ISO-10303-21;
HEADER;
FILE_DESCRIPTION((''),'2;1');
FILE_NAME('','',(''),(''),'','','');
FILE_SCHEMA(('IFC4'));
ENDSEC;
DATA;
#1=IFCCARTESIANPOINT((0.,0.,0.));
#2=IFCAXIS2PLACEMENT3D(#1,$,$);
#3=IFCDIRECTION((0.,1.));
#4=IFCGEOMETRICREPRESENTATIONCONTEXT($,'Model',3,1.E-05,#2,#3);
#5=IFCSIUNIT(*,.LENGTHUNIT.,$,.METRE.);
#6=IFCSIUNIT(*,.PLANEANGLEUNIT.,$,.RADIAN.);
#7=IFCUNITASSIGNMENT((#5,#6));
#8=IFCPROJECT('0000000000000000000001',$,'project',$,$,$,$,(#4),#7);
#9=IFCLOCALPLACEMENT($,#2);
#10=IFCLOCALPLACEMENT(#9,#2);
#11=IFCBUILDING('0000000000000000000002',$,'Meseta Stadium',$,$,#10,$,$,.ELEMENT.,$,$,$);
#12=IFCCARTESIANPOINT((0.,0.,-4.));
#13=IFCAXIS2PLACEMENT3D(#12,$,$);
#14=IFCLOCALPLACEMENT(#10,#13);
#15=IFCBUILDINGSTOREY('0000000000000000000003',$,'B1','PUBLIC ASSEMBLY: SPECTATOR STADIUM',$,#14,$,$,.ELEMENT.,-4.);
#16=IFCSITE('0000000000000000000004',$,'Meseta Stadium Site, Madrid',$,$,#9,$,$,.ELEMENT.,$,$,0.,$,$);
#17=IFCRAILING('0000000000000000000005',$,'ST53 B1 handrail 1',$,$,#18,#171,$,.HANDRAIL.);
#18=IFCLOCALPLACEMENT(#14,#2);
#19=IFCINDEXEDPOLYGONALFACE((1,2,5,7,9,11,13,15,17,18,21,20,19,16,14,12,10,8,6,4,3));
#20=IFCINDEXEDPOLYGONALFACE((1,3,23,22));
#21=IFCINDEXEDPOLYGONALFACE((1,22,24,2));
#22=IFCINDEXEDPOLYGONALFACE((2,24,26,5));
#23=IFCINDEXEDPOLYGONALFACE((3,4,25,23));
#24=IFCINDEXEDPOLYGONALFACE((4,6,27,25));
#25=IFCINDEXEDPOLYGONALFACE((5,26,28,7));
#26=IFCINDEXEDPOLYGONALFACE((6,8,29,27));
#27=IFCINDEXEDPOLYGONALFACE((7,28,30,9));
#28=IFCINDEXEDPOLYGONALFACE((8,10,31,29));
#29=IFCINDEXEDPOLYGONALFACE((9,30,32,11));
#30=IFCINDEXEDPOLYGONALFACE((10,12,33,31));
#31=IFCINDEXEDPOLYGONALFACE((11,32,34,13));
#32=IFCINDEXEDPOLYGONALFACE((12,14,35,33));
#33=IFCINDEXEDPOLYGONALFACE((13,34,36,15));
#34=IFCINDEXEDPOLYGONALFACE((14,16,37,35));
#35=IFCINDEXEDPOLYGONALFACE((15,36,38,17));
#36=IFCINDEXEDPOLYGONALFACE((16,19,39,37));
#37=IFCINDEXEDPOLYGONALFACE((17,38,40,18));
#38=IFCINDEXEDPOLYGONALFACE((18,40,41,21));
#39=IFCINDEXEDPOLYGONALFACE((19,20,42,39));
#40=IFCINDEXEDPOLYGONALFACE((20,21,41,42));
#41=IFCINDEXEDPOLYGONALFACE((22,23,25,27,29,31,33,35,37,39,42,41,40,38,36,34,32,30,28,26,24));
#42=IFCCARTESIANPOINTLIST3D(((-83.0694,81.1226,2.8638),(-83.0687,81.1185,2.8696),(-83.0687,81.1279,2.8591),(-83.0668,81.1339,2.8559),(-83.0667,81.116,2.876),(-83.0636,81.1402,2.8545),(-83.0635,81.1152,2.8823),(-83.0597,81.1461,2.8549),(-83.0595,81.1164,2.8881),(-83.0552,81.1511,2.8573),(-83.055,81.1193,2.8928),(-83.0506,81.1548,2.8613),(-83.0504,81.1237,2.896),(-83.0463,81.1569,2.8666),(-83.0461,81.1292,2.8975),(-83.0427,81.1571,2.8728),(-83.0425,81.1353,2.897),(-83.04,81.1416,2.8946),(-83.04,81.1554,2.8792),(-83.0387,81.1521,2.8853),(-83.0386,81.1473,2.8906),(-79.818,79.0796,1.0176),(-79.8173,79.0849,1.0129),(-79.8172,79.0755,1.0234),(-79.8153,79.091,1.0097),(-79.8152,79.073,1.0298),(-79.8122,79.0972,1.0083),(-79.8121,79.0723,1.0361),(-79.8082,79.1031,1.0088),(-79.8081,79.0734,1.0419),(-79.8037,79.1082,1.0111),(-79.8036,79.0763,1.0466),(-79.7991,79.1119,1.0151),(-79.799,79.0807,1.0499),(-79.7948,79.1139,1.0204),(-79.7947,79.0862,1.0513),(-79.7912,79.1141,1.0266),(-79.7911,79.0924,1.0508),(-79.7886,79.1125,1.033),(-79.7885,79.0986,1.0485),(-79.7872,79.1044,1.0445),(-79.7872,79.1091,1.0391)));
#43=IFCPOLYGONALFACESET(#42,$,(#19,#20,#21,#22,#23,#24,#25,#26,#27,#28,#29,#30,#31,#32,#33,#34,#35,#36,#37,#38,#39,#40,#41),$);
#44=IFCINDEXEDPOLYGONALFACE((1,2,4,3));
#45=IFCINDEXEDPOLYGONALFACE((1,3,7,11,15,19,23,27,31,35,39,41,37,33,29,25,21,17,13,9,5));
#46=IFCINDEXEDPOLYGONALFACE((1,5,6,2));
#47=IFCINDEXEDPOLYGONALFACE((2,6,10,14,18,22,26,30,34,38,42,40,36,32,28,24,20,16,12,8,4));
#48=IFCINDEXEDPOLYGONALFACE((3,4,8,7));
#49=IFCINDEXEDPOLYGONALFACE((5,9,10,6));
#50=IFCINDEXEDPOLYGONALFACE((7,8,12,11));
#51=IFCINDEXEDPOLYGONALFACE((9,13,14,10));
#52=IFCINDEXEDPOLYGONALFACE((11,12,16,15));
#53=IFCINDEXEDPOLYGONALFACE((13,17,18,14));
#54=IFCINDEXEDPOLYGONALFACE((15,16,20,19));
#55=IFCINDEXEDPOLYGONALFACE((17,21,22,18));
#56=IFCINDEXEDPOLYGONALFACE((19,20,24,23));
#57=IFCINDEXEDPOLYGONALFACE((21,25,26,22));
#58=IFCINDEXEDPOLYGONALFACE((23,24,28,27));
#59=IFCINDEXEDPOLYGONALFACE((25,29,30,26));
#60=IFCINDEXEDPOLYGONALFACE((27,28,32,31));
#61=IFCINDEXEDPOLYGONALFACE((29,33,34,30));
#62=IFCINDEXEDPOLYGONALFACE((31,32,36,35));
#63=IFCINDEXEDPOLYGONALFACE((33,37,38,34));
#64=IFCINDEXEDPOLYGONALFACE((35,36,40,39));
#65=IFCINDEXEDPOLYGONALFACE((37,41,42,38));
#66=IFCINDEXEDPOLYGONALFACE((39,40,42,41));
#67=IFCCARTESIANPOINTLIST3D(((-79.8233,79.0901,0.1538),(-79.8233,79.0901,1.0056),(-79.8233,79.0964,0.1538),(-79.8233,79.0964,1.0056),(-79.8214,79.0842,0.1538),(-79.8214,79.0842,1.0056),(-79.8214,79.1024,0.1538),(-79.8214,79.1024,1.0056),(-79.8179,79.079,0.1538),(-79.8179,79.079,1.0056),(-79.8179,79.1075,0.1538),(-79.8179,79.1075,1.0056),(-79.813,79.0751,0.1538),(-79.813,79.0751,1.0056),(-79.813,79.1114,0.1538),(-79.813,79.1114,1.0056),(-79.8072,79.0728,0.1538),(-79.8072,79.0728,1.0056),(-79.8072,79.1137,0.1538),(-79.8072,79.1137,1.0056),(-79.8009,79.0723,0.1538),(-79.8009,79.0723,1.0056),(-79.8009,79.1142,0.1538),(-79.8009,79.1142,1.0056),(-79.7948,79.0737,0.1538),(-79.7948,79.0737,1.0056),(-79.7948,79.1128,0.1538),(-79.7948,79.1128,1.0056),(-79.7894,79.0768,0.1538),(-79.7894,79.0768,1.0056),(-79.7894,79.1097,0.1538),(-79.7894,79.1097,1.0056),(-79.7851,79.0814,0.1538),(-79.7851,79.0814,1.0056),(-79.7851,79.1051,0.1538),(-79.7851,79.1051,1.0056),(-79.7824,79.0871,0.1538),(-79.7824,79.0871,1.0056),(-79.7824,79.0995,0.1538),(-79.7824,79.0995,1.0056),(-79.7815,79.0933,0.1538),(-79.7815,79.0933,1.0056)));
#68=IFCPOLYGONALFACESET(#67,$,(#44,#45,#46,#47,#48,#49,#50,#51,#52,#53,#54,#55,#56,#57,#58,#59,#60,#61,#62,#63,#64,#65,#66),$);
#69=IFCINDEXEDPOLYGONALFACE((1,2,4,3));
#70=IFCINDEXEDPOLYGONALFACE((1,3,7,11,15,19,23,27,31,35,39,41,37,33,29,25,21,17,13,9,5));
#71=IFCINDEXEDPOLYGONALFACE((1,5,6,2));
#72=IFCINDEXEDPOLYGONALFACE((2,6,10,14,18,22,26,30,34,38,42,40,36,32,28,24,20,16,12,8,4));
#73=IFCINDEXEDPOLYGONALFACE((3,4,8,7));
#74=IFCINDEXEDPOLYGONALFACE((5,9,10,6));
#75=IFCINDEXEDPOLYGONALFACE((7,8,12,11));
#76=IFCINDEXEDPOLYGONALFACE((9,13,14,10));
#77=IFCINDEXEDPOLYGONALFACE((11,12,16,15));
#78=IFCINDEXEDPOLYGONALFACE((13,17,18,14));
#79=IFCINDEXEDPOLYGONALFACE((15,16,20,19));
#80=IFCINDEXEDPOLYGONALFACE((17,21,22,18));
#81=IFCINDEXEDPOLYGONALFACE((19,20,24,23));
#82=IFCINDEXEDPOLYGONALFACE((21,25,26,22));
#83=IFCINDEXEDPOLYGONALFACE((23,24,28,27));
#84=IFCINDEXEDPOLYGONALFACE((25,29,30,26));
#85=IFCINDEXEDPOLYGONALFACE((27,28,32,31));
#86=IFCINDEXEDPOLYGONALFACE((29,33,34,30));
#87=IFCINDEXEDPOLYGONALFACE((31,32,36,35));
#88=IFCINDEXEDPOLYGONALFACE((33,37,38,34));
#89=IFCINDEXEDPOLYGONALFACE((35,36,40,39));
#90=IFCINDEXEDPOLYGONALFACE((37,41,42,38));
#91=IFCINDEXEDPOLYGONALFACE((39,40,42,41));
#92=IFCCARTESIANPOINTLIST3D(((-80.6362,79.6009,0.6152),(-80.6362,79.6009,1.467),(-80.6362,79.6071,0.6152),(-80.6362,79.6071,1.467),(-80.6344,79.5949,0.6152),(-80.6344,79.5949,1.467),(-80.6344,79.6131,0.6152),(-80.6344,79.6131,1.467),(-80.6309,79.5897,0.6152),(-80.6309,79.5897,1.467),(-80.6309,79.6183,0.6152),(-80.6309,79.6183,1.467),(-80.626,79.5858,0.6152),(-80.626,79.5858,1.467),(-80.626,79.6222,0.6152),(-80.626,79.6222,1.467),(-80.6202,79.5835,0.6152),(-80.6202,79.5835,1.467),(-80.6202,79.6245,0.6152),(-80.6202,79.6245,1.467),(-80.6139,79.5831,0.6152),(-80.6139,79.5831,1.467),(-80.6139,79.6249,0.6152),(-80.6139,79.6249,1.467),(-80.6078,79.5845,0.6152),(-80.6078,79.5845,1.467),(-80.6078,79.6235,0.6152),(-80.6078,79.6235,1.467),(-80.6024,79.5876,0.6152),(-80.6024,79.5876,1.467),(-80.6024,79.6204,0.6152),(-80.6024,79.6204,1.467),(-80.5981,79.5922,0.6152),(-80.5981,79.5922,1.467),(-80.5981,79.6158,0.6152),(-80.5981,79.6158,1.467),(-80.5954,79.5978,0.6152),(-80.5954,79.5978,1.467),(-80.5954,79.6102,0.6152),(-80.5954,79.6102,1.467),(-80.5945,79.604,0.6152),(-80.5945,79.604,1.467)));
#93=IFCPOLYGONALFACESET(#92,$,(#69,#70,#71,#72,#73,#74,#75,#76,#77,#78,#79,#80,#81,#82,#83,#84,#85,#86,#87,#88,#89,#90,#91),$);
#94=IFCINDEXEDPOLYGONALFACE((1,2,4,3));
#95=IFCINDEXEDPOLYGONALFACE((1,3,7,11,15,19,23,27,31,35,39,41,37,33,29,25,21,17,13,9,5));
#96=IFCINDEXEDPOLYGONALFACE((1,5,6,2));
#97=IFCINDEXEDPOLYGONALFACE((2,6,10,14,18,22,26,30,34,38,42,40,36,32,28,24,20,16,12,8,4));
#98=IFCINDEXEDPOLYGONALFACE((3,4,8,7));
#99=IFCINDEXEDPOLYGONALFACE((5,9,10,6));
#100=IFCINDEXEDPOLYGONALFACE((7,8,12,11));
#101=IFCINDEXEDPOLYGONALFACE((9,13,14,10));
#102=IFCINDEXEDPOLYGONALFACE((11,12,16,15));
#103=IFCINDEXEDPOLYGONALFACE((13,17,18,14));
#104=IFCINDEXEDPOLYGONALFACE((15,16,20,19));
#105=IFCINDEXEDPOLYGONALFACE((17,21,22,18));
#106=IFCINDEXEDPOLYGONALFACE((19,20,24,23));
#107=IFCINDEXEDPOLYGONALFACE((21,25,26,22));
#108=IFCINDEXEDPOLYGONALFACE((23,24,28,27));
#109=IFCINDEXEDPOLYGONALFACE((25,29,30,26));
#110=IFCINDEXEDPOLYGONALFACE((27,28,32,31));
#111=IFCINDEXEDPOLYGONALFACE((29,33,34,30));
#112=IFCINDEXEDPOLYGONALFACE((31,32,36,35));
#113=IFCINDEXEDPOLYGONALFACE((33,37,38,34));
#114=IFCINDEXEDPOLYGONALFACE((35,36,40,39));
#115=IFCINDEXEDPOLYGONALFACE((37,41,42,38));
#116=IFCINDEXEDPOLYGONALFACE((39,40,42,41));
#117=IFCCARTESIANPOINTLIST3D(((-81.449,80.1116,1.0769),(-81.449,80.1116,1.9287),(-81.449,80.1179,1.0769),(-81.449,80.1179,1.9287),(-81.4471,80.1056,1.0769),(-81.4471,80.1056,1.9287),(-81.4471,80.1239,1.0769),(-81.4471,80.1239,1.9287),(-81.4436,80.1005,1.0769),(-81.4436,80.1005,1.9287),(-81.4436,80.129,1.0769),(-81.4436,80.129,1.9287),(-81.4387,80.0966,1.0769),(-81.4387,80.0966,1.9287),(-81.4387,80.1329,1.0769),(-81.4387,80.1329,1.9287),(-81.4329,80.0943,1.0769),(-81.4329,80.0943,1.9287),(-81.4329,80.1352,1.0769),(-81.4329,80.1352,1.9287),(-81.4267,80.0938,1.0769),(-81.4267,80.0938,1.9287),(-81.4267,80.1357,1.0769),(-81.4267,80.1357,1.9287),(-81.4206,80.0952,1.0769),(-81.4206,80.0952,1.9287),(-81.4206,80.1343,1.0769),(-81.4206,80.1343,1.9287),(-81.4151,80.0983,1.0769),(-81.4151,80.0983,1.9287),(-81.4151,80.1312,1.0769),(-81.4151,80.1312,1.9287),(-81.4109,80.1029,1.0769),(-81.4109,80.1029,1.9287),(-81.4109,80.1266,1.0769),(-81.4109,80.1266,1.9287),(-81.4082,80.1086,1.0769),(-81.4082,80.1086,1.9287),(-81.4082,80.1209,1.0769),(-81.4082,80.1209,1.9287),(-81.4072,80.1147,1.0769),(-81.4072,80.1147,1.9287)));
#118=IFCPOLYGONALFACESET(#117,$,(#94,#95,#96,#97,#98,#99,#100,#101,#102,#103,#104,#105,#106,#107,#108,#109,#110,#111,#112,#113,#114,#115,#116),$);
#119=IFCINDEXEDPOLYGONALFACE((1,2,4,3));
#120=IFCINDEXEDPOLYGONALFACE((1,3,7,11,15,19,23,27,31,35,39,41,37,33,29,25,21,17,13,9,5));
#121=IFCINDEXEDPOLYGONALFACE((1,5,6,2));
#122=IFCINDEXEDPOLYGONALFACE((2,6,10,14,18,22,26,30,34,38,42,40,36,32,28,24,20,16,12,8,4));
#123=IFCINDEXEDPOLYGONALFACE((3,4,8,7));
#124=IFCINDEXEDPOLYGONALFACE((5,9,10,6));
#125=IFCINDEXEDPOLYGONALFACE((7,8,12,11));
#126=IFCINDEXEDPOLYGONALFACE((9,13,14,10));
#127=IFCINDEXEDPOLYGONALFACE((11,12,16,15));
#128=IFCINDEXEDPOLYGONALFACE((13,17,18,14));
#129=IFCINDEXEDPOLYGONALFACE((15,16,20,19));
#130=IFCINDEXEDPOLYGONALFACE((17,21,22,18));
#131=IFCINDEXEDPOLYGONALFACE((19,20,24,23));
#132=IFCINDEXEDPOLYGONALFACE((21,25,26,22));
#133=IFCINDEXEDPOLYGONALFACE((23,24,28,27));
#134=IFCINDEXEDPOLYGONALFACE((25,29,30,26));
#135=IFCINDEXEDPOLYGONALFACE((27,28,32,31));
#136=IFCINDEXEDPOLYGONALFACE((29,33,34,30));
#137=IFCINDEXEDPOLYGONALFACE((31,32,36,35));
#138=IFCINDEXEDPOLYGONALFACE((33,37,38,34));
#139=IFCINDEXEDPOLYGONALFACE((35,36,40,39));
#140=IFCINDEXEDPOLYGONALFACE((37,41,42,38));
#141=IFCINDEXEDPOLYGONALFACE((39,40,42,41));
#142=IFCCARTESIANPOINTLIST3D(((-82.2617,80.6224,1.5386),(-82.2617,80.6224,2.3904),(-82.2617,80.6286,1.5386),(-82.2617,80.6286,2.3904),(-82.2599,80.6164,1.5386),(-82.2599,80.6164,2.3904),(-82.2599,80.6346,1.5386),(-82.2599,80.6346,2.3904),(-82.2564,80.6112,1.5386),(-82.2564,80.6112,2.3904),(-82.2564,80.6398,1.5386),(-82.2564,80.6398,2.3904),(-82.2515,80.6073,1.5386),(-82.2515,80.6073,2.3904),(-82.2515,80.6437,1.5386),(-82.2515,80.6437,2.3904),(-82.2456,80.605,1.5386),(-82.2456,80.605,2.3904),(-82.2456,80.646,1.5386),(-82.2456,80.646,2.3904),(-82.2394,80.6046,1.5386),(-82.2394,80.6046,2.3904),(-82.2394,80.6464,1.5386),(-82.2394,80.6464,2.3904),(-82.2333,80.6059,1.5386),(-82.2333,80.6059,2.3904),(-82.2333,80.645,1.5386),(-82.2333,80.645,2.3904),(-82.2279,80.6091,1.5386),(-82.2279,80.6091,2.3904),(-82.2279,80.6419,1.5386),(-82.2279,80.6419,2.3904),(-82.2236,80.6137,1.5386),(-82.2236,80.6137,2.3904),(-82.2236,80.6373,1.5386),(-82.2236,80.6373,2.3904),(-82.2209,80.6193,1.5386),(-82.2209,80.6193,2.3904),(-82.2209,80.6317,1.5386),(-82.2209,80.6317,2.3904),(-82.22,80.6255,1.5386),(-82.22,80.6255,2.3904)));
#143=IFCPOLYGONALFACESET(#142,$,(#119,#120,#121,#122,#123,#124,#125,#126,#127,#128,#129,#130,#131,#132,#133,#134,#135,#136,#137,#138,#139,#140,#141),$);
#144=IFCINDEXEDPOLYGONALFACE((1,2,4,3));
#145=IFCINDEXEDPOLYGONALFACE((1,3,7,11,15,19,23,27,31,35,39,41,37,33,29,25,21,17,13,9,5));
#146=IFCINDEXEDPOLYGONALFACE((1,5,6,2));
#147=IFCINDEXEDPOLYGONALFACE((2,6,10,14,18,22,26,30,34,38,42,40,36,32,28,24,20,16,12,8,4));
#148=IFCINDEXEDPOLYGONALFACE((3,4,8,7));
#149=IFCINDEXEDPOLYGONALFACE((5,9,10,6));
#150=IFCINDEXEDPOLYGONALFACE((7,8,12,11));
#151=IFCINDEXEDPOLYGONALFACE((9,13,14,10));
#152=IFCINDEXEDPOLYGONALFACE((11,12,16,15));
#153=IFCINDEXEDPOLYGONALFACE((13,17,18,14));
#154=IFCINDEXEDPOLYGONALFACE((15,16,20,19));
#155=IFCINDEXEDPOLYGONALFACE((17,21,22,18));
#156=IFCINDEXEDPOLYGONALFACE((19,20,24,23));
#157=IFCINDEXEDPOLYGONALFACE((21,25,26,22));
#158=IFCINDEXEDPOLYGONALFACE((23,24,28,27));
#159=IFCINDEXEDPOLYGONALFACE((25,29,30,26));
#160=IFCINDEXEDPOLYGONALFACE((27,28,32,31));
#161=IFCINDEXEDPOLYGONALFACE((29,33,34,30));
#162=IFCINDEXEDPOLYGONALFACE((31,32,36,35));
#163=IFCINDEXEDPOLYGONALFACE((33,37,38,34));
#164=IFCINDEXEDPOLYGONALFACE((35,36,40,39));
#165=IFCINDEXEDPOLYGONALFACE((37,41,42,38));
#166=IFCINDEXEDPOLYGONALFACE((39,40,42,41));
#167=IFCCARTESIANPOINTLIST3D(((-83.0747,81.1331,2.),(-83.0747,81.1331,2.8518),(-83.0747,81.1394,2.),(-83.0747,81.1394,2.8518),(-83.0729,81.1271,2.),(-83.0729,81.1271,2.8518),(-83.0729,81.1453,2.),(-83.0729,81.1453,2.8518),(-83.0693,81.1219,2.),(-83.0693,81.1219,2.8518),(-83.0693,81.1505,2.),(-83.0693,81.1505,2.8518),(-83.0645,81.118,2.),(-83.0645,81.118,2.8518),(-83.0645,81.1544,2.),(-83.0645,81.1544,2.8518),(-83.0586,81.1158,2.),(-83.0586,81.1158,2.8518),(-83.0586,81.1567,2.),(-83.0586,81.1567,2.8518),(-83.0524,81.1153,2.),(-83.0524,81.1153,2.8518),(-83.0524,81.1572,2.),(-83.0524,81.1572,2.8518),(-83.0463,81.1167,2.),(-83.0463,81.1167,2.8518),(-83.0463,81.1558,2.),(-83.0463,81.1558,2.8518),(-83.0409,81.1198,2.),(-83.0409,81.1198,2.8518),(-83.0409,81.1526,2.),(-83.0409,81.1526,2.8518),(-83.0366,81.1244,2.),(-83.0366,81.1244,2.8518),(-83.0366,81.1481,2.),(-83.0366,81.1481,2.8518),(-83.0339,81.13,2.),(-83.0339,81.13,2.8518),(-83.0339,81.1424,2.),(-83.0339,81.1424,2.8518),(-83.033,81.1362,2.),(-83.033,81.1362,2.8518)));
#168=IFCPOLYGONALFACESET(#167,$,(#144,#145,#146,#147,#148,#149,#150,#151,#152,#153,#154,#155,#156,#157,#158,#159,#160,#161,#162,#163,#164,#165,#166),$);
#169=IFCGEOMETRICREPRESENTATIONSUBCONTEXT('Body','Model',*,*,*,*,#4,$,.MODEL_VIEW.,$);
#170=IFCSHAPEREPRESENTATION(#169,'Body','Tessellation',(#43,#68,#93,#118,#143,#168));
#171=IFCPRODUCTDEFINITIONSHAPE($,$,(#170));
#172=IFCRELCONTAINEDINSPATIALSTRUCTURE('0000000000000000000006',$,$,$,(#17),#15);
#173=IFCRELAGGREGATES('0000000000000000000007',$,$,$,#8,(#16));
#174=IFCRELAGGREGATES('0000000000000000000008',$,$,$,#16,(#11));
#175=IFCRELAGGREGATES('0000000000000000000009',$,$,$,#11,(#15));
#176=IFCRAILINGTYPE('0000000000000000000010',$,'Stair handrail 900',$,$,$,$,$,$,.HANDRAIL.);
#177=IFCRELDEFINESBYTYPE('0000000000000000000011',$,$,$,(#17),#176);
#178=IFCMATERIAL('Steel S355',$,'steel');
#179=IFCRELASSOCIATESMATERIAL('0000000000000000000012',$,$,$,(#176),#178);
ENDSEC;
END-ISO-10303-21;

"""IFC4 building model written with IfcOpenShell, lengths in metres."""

from ifc_helpers import new_model, si_unit, direction, frame, origin, origin_2d, place, context, subcontext, project, spatial, circle, extrude, material, type_object, element, save


model = new_model("IFC4")

# Units and contexts
model_context = context("Model", 3, precision=1e-05, world=origin(), true_north=direction((0.0, 1.0)))
body_context = subcontext(model_context, "Body", "Model", "MODEL_VIEW")
ifc_project = project(units=[si_unit("LENGTHUNIT", "METRE"), si_unit("PLANEANGLEUNIT", "RADIAN")], contexts=[model_context])

# Site, building, storey
site_placement = place(None, origin())
site = spatial("IfcSite", under=ifc_project, at=site_placement, Name="Meseta Stadium Site, Madrid", CompositionType="ELEMENT", RefElevation=0.0)
building_placement = place(site_placement, origin())
building = spatial("IfcBuilding", under=site, at=building_placement, Name="Meseta Stadium", CompositionType="ELEMENT")
storey_placement = place(building_placement, frame((0.0, 0.0, -4.0)))
storey = spatial("IfcBuildingStorey", under=building, at=storey_placement, Name="B1", Description="PUBLIC ASSEMBLY: SPECTATOR STADIUM", CompositionType="ELEMENT", Elevation=-4.0)

# Railing
ifc_material_1 = material(Name="Steel S355", Category="steel")
railing_type_1 = type_object("IfcRailingType", Name="Stair handrail 900", PredefinedType="HANDRAIL", material=ifc_material_1)
railing_1_placement = place(storey_placement, frame((-79.8025, 79.0933, 0.1538)))
element("IfcRailing", 1, at=railing_1_placement, inside=storey, type_object=railing_type_1, Name="ST53 B1 handrail 1", PredefinedType="HANDRAIL", context=body_context, shape_type="SweptSolid", body=[
    extrude(circle(Radius=0.0239, at=origin_2d()), frame((0.0, 0.0, 0.876), z_axis=(-0.763117, 0.479483, 0.4333), x_axis=(-0.53202, -0.846731, 0.0)), (0.0, 0.0, 1.0), 4.2607),
    extrude(circle(Radius=0.021, at=origin_2d()), origin(), (0.0, 0.0, 1.0), 0.8518),
    extrude(circle(Radius=0.021, at=origin_2d()), frame((-0.813, 0.5107, 0.4614)), (0.0, 0.0, 1.0), 0.8518),
    extrude(circle(Radius=0.021, at=origin_2d()), frame((-1.6257, 1.0215, 0.9231)), (0.0, 0.0, 1.0), 0.8518),
    extrude(circle(Radius=0.021, at=origin_2d()), frame((-2.4385, 1.5322, 1.3848)), (0.0, 0.0, 1.0), 0.8518),
    extrude(circle(Radius=0.021, at=origin_2d()), frame((-3.2515, 2.043, 1.8462)), (0.0, 0.0, 1.0), 0.8518),
])

save(model, "model.ifc")
